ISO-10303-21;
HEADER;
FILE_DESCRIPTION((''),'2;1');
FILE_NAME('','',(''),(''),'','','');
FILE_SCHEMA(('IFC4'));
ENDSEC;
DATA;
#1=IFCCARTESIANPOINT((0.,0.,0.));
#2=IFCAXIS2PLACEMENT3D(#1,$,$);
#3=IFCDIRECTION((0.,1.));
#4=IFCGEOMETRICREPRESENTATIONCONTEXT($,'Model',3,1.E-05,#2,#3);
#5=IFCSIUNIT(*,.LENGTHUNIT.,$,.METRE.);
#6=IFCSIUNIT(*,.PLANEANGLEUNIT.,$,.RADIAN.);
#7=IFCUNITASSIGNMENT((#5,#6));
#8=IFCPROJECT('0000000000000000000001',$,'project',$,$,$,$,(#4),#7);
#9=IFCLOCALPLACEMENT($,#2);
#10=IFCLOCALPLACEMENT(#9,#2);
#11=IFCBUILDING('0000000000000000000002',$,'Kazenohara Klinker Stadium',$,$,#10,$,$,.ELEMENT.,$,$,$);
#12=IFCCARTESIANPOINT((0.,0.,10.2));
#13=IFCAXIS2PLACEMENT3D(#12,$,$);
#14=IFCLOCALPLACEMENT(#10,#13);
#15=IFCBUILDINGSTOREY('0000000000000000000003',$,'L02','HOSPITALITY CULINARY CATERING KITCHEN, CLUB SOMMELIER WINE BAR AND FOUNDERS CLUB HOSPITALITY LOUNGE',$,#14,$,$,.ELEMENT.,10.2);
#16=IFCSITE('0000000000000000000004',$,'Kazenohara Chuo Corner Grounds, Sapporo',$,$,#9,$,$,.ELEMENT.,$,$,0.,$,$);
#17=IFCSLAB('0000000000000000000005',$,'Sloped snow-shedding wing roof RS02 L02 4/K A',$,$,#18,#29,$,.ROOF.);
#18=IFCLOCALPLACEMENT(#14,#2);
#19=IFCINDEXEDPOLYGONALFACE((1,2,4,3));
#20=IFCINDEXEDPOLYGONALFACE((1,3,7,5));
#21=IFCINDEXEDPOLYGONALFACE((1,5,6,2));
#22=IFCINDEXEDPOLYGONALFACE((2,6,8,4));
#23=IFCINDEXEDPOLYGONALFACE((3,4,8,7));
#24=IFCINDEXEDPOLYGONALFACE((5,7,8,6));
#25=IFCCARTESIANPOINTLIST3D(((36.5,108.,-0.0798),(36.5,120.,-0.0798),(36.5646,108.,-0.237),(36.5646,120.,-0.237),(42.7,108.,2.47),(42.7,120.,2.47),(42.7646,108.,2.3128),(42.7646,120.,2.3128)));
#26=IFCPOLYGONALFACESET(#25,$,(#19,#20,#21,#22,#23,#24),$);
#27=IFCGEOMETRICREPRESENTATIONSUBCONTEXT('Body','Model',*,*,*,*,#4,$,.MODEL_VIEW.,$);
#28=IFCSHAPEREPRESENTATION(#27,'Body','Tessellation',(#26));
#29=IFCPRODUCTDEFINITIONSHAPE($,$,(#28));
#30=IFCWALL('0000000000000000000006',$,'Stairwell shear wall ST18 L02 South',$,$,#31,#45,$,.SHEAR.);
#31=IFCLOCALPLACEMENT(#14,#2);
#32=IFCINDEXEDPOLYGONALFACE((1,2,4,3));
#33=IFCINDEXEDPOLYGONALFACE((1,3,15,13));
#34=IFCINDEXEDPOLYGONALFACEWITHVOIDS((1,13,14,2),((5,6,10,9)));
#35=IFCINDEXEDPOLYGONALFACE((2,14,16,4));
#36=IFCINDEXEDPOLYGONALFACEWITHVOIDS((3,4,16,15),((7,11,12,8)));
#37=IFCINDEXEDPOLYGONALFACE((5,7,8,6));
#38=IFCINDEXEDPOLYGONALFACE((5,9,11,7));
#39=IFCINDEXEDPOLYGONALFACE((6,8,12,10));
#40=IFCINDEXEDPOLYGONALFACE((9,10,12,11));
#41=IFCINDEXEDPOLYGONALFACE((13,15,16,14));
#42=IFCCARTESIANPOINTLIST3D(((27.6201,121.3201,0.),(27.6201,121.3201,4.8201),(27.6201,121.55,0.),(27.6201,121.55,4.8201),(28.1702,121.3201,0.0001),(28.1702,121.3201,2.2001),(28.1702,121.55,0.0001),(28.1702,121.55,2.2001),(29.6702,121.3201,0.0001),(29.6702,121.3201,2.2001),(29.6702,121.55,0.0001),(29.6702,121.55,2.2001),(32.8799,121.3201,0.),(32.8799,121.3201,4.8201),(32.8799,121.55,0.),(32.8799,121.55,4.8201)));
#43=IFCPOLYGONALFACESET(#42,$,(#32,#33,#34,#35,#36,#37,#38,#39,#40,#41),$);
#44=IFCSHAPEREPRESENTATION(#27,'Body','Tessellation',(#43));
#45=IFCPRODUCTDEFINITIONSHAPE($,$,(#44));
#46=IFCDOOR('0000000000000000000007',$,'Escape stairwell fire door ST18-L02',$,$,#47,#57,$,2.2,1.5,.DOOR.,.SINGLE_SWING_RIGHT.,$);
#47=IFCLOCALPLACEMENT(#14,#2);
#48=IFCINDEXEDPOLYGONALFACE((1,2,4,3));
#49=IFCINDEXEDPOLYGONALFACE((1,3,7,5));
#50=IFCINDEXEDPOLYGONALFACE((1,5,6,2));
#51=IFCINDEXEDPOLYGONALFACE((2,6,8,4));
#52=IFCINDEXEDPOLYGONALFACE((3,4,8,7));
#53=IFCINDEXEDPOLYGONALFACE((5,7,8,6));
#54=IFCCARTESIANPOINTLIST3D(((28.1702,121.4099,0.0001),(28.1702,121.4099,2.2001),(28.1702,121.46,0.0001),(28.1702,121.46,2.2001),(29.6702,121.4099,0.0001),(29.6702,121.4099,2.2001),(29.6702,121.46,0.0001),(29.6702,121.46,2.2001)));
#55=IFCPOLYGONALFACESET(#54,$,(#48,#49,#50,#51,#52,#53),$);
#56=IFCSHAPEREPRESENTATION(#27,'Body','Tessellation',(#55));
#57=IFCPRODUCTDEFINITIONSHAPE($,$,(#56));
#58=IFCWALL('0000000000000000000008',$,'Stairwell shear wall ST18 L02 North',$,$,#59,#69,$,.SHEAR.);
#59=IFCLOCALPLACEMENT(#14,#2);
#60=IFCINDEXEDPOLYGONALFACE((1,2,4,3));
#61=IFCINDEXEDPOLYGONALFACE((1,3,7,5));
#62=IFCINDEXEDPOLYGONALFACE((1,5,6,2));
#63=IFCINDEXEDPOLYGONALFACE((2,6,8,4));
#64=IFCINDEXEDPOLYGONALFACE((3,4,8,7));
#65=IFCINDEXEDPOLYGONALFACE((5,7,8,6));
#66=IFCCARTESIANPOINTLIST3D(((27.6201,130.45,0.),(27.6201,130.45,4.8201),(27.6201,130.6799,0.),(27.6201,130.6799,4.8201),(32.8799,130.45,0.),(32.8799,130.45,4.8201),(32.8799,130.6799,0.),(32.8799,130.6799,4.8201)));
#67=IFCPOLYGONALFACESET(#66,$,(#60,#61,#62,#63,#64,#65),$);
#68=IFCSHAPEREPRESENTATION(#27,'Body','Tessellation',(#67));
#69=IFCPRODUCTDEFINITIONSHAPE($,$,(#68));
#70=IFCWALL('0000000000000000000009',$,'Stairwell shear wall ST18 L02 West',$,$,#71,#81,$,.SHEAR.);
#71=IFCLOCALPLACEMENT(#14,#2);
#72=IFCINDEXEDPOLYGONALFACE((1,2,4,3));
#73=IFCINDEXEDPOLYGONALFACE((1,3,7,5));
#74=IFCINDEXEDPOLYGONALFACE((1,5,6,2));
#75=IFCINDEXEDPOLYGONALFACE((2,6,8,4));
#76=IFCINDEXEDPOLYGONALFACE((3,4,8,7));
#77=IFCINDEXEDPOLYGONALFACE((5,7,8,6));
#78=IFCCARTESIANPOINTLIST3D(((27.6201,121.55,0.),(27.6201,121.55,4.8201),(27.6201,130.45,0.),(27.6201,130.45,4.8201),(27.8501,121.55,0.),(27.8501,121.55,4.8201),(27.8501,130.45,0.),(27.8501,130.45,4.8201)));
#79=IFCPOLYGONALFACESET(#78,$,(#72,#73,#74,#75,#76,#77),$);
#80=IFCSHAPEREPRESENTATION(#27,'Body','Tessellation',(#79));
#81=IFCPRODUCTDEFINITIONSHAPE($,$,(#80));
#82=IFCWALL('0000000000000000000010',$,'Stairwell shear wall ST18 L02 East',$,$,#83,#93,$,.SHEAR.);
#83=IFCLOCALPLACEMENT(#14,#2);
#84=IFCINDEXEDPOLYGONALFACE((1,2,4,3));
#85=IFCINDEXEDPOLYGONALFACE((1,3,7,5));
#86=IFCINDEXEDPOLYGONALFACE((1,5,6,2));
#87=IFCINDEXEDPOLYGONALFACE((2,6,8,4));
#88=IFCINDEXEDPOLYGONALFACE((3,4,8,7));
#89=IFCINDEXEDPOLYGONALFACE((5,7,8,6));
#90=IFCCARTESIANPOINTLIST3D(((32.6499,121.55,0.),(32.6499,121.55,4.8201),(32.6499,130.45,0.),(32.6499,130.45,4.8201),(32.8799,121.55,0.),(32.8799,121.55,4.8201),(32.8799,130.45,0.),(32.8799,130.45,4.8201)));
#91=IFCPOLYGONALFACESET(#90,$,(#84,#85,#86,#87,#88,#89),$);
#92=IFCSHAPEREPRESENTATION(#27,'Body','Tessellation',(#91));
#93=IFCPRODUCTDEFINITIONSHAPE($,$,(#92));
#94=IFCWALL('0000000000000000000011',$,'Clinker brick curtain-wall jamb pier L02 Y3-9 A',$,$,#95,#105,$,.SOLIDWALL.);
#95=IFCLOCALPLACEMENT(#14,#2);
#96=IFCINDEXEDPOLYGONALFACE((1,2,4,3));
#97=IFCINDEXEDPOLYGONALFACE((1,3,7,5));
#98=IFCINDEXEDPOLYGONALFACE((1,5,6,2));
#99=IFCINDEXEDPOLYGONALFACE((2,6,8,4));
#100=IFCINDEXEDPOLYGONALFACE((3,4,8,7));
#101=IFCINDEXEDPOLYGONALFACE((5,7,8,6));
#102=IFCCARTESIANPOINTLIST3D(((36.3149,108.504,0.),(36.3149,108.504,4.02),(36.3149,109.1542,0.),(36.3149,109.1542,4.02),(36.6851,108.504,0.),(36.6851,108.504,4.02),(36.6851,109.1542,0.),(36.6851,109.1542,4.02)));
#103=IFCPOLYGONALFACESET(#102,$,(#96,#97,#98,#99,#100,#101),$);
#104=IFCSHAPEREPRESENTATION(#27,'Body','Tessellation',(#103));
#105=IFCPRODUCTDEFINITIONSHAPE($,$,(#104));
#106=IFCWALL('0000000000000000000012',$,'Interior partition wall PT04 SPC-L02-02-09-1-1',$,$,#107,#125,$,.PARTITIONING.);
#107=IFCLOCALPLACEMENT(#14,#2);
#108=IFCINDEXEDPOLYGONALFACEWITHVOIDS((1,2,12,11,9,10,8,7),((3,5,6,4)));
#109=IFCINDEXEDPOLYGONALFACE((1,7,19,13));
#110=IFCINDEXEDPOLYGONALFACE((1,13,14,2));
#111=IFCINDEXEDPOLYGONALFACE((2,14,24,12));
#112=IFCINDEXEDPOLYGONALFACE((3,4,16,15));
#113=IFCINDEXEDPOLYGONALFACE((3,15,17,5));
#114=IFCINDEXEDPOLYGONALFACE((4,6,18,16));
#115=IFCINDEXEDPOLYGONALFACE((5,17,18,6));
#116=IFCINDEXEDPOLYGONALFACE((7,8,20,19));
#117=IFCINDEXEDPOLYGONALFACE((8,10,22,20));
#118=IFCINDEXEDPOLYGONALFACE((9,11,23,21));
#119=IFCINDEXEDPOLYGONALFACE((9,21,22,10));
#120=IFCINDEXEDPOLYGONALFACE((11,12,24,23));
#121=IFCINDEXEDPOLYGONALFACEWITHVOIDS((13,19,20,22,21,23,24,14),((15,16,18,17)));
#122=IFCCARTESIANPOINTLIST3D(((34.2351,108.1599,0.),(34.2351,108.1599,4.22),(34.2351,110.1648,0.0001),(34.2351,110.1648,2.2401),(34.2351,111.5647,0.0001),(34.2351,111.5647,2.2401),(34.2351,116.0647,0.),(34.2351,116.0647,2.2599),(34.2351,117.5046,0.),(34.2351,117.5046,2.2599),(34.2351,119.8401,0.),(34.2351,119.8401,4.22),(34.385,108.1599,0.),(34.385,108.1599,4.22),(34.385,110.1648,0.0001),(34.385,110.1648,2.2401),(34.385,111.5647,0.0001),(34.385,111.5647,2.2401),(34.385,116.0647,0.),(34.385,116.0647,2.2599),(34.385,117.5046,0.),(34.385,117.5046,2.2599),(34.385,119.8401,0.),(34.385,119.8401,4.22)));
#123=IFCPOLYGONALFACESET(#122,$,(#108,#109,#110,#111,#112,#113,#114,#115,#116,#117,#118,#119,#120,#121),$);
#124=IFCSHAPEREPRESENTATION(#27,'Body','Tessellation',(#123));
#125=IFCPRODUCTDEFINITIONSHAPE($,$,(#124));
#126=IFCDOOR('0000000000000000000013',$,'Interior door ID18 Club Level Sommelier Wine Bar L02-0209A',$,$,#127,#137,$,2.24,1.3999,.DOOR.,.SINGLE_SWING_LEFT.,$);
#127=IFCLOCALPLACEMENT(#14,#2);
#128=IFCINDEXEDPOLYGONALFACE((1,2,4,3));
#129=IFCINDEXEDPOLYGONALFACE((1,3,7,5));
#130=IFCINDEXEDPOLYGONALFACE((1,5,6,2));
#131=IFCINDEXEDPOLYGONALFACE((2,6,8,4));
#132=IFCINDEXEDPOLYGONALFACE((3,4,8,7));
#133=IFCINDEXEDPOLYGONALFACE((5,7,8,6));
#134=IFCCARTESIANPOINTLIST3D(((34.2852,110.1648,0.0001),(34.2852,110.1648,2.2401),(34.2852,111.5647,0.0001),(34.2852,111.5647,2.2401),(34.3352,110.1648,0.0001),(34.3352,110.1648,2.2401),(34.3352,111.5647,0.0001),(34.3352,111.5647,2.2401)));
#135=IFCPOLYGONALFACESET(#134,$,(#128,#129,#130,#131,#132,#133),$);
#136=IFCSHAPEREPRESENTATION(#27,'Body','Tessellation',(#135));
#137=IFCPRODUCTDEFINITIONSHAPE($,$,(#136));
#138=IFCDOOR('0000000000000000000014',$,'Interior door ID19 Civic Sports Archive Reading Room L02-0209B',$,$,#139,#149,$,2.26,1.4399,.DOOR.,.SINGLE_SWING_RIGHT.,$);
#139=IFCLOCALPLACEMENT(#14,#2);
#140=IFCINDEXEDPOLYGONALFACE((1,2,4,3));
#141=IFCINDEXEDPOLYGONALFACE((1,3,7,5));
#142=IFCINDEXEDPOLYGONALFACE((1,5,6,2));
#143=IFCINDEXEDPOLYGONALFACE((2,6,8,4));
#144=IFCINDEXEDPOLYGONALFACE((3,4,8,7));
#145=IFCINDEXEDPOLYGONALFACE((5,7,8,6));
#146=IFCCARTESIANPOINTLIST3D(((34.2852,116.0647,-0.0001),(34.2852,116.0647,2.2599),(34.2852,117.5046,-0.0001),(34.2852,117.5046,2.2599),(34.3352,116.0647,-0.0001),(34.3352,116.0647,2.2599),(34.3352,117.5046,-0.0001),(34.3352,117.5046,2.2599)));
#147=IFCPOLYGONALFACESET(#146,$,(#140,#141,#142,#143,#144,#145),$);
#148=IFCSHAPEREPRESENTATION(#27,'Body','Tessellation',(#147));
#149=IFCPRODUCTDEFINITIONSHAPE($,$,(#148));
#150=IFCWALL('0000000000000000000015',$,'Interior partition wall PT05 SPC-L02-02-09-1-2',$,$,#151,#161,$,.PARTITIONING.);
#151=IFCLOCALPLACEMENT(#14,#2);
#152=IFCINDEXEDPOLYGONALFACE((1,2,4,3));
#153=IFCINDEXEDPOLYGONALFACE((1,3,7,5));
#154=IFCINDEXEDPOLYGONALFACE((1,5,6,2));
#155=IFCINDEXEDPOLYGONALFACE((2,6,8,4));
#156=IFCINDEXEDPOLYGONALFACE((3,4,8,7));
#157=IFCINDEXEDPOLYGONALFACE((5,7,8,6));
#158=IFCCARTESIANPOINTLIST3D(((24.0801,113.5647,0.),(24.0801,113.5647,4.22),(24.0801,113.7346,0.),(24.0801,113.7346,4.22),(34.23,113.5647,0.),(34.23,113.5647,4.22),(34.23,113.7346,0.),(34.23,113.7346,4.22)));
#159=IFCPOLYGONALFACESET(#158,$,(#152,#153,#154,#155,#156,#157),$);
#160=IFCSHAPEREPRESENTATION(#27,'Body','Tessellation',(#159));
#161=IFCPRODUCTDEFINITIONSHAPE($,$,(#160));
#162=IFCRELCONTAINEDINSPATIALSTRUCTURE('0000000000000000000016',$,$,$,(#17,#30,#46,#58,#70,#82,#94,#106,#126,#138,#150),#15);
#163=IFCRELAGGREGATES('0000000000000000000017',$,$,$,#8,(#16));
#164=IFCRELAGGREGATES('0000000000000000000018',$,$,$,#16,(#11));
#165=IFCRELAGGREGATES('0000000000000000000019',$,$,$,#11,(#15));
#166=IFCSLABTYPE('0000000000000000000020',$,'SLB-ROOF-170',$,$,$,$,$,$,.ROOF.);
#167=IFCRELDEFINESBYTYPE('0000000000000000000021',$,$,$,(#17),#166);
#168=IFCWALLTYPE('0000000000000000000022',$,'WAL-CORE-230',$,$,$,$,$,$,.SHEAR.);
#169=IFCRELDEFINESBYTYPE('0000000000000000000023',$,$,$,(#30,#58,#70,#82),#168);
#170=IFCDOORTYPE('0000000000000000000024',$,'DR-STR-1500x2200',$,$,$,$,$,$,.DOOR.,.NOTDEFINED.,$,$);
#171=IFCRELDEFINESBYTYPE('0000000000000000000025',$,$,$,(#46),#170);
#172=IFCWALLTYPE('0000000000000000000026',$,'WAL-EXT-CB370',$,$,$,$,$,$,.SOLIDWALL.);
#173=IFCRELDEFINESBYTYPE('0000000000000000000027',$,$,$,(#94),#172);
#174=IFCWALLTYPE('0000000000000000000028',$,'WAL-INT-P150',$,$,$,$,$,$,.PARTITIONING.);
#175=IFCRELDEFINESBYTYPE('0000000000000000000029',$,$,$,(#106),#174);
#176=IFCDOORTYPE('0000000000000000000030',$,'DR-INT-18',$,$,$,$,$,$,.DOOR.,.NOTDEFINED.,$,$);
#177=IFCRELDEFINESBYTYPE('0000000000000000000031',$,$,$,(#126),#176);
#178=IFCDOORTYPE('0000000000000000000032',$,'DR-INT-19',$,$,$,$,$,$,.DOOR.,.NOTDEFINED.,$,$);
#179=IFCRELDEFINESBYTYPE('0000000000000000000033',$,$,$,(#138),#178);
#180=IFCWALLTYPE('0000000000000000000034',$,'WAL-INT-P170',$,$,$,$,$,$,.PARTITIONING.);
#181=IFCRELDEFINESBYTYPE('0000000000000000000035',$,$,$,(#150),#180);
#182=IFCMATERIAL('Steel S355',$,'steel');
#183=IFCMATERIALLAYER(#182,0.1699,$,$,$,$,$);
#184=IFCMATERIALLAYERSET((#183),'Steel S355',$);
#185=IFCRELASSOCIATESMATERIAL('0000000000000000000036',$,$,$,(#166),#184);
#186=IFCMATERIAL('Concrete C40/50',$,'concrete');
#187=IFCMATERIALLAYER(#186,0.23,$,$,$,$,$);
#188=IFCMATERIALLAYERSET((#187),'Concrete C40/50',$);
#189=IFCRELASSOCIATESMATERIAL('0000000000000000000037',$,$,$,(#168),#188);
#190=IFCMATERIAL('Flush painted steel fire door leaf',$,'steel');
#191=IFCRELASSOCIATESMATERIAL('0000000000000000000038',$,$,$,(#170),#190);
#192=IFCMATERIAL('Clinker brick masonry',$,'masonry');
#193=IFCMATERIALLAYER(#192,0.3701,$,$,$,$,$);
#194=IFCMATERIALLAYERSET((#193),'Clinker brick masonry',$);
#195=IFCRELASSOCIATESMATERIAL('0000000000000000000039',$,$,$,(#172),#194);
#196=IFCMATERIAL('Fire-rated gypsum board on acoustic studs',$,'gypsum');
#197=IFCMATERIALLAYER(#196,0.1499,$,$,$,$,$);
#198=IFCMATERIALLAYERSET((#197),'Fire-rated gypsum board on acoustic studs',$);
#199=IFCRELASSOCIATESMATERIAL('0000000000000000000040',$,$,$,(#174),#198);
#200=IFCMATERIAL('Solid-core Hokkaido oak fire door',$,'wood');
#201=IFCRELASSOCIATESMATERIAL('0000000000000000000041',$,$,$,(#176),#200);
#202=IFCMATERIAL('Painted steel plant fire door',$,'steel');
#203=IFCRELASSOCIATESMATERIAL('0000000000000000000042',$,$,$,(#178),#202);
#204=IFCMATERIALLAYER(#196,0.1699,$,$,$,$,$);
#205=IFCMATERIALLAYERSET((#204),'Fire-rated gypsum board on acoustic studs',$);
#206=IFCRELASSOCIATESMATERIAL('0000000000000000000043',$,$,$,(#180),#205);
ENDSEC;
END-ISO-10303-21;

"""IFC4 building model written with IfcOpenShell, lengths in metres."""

from ifc_helpers import new_model, si_unit, direction, frame, frame_2d, origin, place, context, subcontext, project, spatial, polyline, rectangle, outline, extrude, material, layer, layer_set, type_object, element, fill, save


model = new_model("IFC4")

# Units and contexts
model_context = context("Model", 3, precision=1e-05, world=origin(), true_north=direction((0.0, 1.0)))
body_context = subcontext(model_context, "Body", "Model", "MODEL_VIEW")
ifc_project = project(units=[si_unit("LENGTHUNIT", "METRE"), si_unit("PLANEANGLEUNIT", "RADIAN")], contexts=[model_context])

# Site, building, storey
site_placement = place(None, origin())
site = spatial("IfcSite", under=ifc_project, at=site_placement, Name="Kazenohara Chuo Corner Grounds, Sapporo", CompositionType="ELEMENT", RefElevation=0.0)
building_placement = place(site_placement, origin())
building = spatial("IfcBuilding", under=site, at=building_placement, Name="Kazenohara Klinker Stadium", CompositionType="ELEMENT")
storey_placement = place(building_placement, frame((0.0, 0.0, 10.2)))
storey = spatial("IfcBuildingStorey", under=building, at=storey_placement, Name="L02", Description="HOSPITALITY CULINARY CATERING KITCHEN, CLUB SOMMELIER WINE BAR AND FOUNDERS CLUB HOSPITALITY LOUNGE", CompositionType="ELEMENT", Elevation=10.2)

# Shared definitions
ifc_material_1 = material(Name="Concrete C40/50", Category="concrete")

# Shared definitions
ifc_material_2 = material(Name="Steel S355", Category="steel")

# Slab
ifc_layer_1 = layer(ifc_material_2, 0.1699)
ifc_layer_set_1 = layer_set([ifc_layer_1], Name="Steel S355")
slab_type = type_object("IfcSlabType", Name="SLB-ROOF-170", PredefinedType="ROOF", material=ifc_layer_set_1)
slab_placement = place(storey_placement, frame((36.5, 108.0, -0.0798), z_axis=(-0.380352, 0.0, 0.924842), x_axis=(0.924842, 0.0, 0.380352)))
element("IfcSlab", 1, at=slab_placement, inside=storey, type_object=slab_type, Name="Sloped snow-shedding wing roof RS02 L02 4/K A", PredefinedType="ROOF", context=body_context, shape_type="SweptSolid", body=[
    extrude(outline(polyline([(0.0, 0.0), (6.7038, 0.0), (6.7038, 12.0), (0.0, 12.0), (0.0, 0.0)])), origin(), (0.0, 0.0, -1.0), 0.1699),
])

# Wall, opening, door
ifc_layer_2 = layer(ifc_material_1, 0.23)
ifc_layer_set_2 = layer_set([ifc_layer_2], Name="Concrete C40/50")
wall_type_1 = type_object("IfcWallType", Name="WAL-CORE-230", PredefinedType="SHEAR", material=ifc_layer_set_2)
wall_1_placement = place(storey_placement, frame((27.6201, 121.4351, 0.0), z_axis=(0.0, 0.0, 1.0), x_axis=(1.0, 0.0, 0.0)))
wall_1 = element("IfcWall", 2, at=wall_1_placement, inside=storey, type_object=wall_type_1, Name="Stairwell shear wall ST18 L02 South", PredefinedType="SHEAR", context=body_context, shape_type="SweptSolid", body=[
    extrude(rectangle(XDim=5.2598, YDim=0.23, at=frame_2d((2.6299, 0.0))), origin(), (0.0, 0.0, 1.0), 4.8201),
])
opening_1_placement = place(wall_1_placement, frame((0.55, 0.0, 0.0)))
opening_1 = element("IfcOpeningElement", 3, at=opening_1_placement, cuts=wall_1, PredefinedType="OPENING", context=body_context, shape_type="SweptSolid", body=[
    extrude(rectangle(XDim=1.5, YDim=2.2, at=frame_2d((0.75, 1.1001))), frame((0.0, 0.125, 0.0), z_axis=(0.0, -1.0, 0.0), x_axis=(1.0, 0.0, 0.0)), (0.0, 0.0, 1.0), 0.25),
])
ifc_material_3 = material(Name="Flush painted steel fire door leaf", Category="steel")
door_type_1 = type_object("IfcDoorType", Name="DR-STR-1500x2200", OperationType="NOTDEFINED", PredefinedType="DOOR", material=ifc_material_3)
door_1_placement = place(opening_1_placement, origin())
door_1 = element("IfcDoor", 4, at=door_1_placement, inside=storey, type_object=door_type_1, Name="Escape stairwell fire door ST18-L02", OperationType="SINGLE_SWING_RIGHT", OverallHeight=2.2, OverallWidth=1.5, PredefinedType="DOOR", context=body_context, shape_type="SweptSolid", body=[
    extrude(rectangle(XDim=1.5, YDim=2.2, at=frame_2d((0.75, 1.1001))), frame((0.0, 0.0249, 0.0), z_axis=(0.0, -1.0, 0.0), x_axis=(1.0, 0.0, 0.0)), (0.0, 0.0, 1.0), 0.05),
])
fill(opening_1, door_1)

# Walls
wall_2_placement = place(storey_placement, frame((27.6201, 130.5649, 0.0), z_axis=(0.0, 0.0, 1.0), x_axis=(1.0, 0.0, 0.0)))
element("IfcWall", 5, at=wall_2_placement, inside=storey, type_object=wall_type_1, Name="Stairwell shear wall ST18 L02 North", PredefinedType="SHEAR", context=body_context, shape_type="SweptSolid", body=[
    extrude(rectangle(XDim=5.2598, YDim=0.23, at=frame_2d((2.6299, 0.0))), origin(), (0.0, 0.0, 1.0), 4.8201),
])
for number, where, z_axis, x_axis, name in (
    (6, (27.7351, 121.55, 0.0), (0.0, 0.0, 1.0), (0.0, 1.0, 0.0), "Stairwell shear wall ST18 L02 West"),
    (7, (32.7649, 121.55, 0.0), (0.0, 0.0, 1.0), (0.0, 1.0, 0.0), "Stairwell shear wall ST18 L02 East"),
):
    element("IfcWall", number, at=place(storey_placement, frame(where, z_axis=z_axis, x_axis=x_axis)), inside=storey, type_object=wall_type_1, Name=name, PredefinedType="SHEAR", context=body_context, shape_type="SweptSolid", body=[
        extrude(rectangle(XDim=8.8999, YDim=0.23, at=frame_2d((4.45, 0.0))), origin(), (0.0, 0.0, 1.0), 4.8201),
    ])
ifc_material_4 = material(Name="Clinker brick masonry", Category="masonry")
ifc_layer_3 = layer(ifc_material_4, 0.3701)
ifc_layer_set_3 = layer_set([ifc_layer_3], Name="Clinker brick masonry")
wall_type_2 = type_object("IfcWallType", Name="WAL-EXT-CB370", PredefinedType="SOLIDWALL", material=ifc_layer_set_3)
wall_3_placement = place(storey_placement, frame((36.5, 108.5039, 0.0), z_axis=(0.0, 0.0, 1.0), x_axis=(0.0, 1.0, 0.0)))
element("IfcWall", 8, at=wall_3_placement, inside=storey, type_object=wall_type_2, Name="Clinker brick curtain-wall jamb pier L02 Y3-9 A", PredefinedType="SOLIDWALL", context=body_context, shape_type="SweptSolid", body=[
    extrude(rectangle(XDim=0.6501, YDim=0.3701, at=frame_2d((0.3252, 0.0))), origin(), (0.0, 0.0, 1.0), 4.02),
])

# Wall, openings, doors
ifc_material_5 = material(Name="Fire-rated gypsum board on acoustic studs", Category="gypsum")
ifc_layer_4 = layer(ifc_material_5, 0.1499)
ifc_layer_set_4 = layer_set([ifc_layer_4], Name="Fire-rated gypsum board on acoustic studs")
wall_type_3 = type_object("IfcWallType", Name="WAL-INT-P150", PredefinedType="PARTITIONING", material=ifc_layer_set_4)
wall_4_placement = place(storey_placement, frame((34.3101, 108.1599, 0.0), z_axis=(0.0, 0.0, 1.0), x_axis=(0.0, 1.0, 0.0)))
wall_4 = element("IfcWall", 9, at=wall_4_placement, inside=storey, type_object=wall_type_3, Name="Interior partition wall PT04 SPC-L02-02-09-1-1", PredefinedType="PARTITIONING", context=body_context, shape_type="SweptSolid", body=[
    extrude(rectangle(XDim=11.6802, YDim=0.1499, at=frame_2d((5.8401, 0.0))), origin(), (0.0, 0.0, 1.0), 4.22),
])
opening_2_placement = place(wall_4_placement, frame((2.0049, 0.0, 0.0)))
opening_2 = element("IfcOpeningElement", 10, at=opening_2_placement, cuts=wall_4, PredefinedType="OPENING", context=body_context, shape_type="SweptSolid", body=[
    extrude(rectangle(XDim=1.3999, YDim=2.24, at=frame_2d((0.7, 1.1201))), frame((0.0, 0.085, 0.0), z_axis=(0.0, -1.0, 0.0), x_axis=(1.0, 0.0, 0.0)), (0.0, 0.0, 1.0), 0.1699),
])
opening_3_placement = place(wall_4_placement, frame((7.9048, 0.0, 0.0)))
opening_3 = element("IfcOpeningElement", 11, at=opening_3_placement, cuts=wall_4, PredefinedType="OPENING", context=body_context, shape_type="SweptSolid", body=[
    extrude(rectangle(XDim=1.4399, YDim=2.26, at=frame_2d((0.72, 1.1299))), frame((0.0, 0.085, 0.0), z_axis=(0.0, -1.0, 0.0), x_axis=(1.0, 0.0, 0.0)), (0.0, 0.0, 1.0), 0.1699),
])
ifc_material_6 = material(Name="Solid-core Hokkaido oak fire door", Category="wood")
door_type_2 = type_object("IfcDoorType", Name="DR-INT-18", OperationType="NOTDEFINED", PredefinedType="DOOR", material=ifc_material_6)
door_2_placement = place(opening_2_placement, origin())
door_2 = element("IfcDoor", 12, at=door_2_placement, inside=storey, type_object=door_type_2, Name="Interior door ID18 Club Level Sommelier Wine Bar L02-0209A", OperationType="SINGLE_SWING_LEFT", OverallHeight=2.24, OverallWidth=1.3999, PredefinedType="DOOR", context=body_context, shape_type="SweptSolid", body=[
    extrude(rectangle(XDim=1.3999, YDim=2.24, at=frame_2d((0.7, 1.1201))), frame((0.0, 0.0249, 0.0), z_axis=(0.0, -1.0, 0.0), x_axis=(1.0, 0.0, 0.0)), (0.0, 0.0, 1.0), 0.05),
])
fill(opening_2, door_2)
ifc_material_7 = material(Name="Painted steel plant fire door", Category="steel")
door_type_3 = type_object("IfcDoorType", Name="DR-INT-19", OperationType="NOTDEFINED", PredefinedType="DOOR", material=ifc_material_7)
door_3_placement = place(opening_3_placement, origin())
door_3 = element("IfcDoor", 13, at=door_3_placement, inside=storey, type_object=door_type_3, Name="Interior door ID19 Civic Sports Archive Reading Room L02-0209B", OperationType="SINGLE_SWING_RIGHT", OverallHeight=2.26, OverallWidth=1.4399, PredefinedType="DOOR", context=body_context, shape_type="SweptSolid", body=[
    extrude(rectangle(XDim=1.4399, YDim=2.26, at=frame_2d((0.72, 1.1299))), frame((0.0, 0.0249, 0.0), z_axis=(0.0, -1.0, 0.0), x_axis=(1.0, 0.0, 0.0)), (0.0, 0.0, 1.0), 0.05),
])
fill(opening_3, door_3)

# Wall
ifc_layer_5 = layer(ifc_material_5, 0.1699)
ifc_layer_set_5 = layer_set([ifc_layer_5], Name="Fire-rated gypsum board on acoustic studs")
wall_type_4 = type_object("IfcWallType", Name="WAL-INT-P170", PredefinedType="PARTITIONING", material=ifc_layer_set_5)
wall_5_placement = place(storey_placement, frame((24.0801, 113.6497, 0.0), z_axis=(0.0, 0.0, 1.0), x_axis=(1.0, 0.0, 0.0)))
element("IfcWall", 14, at=wall_5_placement, inside=storey, type_object=wall_type_4, Name="Interior partition wall PT05 SPC-L02-02-09-1-2", PredefinedType="PARTITIONING", context=body_context, shape_type="SweptSolid", body=[
    extrude(rectangle(XDim=10.1499, YDim=0.1699, at=frame_2d((5.075, 0.0))), origin(), (0.0, 0.0, 1.0), 4.22),
])

save(model, "model.ifc")
